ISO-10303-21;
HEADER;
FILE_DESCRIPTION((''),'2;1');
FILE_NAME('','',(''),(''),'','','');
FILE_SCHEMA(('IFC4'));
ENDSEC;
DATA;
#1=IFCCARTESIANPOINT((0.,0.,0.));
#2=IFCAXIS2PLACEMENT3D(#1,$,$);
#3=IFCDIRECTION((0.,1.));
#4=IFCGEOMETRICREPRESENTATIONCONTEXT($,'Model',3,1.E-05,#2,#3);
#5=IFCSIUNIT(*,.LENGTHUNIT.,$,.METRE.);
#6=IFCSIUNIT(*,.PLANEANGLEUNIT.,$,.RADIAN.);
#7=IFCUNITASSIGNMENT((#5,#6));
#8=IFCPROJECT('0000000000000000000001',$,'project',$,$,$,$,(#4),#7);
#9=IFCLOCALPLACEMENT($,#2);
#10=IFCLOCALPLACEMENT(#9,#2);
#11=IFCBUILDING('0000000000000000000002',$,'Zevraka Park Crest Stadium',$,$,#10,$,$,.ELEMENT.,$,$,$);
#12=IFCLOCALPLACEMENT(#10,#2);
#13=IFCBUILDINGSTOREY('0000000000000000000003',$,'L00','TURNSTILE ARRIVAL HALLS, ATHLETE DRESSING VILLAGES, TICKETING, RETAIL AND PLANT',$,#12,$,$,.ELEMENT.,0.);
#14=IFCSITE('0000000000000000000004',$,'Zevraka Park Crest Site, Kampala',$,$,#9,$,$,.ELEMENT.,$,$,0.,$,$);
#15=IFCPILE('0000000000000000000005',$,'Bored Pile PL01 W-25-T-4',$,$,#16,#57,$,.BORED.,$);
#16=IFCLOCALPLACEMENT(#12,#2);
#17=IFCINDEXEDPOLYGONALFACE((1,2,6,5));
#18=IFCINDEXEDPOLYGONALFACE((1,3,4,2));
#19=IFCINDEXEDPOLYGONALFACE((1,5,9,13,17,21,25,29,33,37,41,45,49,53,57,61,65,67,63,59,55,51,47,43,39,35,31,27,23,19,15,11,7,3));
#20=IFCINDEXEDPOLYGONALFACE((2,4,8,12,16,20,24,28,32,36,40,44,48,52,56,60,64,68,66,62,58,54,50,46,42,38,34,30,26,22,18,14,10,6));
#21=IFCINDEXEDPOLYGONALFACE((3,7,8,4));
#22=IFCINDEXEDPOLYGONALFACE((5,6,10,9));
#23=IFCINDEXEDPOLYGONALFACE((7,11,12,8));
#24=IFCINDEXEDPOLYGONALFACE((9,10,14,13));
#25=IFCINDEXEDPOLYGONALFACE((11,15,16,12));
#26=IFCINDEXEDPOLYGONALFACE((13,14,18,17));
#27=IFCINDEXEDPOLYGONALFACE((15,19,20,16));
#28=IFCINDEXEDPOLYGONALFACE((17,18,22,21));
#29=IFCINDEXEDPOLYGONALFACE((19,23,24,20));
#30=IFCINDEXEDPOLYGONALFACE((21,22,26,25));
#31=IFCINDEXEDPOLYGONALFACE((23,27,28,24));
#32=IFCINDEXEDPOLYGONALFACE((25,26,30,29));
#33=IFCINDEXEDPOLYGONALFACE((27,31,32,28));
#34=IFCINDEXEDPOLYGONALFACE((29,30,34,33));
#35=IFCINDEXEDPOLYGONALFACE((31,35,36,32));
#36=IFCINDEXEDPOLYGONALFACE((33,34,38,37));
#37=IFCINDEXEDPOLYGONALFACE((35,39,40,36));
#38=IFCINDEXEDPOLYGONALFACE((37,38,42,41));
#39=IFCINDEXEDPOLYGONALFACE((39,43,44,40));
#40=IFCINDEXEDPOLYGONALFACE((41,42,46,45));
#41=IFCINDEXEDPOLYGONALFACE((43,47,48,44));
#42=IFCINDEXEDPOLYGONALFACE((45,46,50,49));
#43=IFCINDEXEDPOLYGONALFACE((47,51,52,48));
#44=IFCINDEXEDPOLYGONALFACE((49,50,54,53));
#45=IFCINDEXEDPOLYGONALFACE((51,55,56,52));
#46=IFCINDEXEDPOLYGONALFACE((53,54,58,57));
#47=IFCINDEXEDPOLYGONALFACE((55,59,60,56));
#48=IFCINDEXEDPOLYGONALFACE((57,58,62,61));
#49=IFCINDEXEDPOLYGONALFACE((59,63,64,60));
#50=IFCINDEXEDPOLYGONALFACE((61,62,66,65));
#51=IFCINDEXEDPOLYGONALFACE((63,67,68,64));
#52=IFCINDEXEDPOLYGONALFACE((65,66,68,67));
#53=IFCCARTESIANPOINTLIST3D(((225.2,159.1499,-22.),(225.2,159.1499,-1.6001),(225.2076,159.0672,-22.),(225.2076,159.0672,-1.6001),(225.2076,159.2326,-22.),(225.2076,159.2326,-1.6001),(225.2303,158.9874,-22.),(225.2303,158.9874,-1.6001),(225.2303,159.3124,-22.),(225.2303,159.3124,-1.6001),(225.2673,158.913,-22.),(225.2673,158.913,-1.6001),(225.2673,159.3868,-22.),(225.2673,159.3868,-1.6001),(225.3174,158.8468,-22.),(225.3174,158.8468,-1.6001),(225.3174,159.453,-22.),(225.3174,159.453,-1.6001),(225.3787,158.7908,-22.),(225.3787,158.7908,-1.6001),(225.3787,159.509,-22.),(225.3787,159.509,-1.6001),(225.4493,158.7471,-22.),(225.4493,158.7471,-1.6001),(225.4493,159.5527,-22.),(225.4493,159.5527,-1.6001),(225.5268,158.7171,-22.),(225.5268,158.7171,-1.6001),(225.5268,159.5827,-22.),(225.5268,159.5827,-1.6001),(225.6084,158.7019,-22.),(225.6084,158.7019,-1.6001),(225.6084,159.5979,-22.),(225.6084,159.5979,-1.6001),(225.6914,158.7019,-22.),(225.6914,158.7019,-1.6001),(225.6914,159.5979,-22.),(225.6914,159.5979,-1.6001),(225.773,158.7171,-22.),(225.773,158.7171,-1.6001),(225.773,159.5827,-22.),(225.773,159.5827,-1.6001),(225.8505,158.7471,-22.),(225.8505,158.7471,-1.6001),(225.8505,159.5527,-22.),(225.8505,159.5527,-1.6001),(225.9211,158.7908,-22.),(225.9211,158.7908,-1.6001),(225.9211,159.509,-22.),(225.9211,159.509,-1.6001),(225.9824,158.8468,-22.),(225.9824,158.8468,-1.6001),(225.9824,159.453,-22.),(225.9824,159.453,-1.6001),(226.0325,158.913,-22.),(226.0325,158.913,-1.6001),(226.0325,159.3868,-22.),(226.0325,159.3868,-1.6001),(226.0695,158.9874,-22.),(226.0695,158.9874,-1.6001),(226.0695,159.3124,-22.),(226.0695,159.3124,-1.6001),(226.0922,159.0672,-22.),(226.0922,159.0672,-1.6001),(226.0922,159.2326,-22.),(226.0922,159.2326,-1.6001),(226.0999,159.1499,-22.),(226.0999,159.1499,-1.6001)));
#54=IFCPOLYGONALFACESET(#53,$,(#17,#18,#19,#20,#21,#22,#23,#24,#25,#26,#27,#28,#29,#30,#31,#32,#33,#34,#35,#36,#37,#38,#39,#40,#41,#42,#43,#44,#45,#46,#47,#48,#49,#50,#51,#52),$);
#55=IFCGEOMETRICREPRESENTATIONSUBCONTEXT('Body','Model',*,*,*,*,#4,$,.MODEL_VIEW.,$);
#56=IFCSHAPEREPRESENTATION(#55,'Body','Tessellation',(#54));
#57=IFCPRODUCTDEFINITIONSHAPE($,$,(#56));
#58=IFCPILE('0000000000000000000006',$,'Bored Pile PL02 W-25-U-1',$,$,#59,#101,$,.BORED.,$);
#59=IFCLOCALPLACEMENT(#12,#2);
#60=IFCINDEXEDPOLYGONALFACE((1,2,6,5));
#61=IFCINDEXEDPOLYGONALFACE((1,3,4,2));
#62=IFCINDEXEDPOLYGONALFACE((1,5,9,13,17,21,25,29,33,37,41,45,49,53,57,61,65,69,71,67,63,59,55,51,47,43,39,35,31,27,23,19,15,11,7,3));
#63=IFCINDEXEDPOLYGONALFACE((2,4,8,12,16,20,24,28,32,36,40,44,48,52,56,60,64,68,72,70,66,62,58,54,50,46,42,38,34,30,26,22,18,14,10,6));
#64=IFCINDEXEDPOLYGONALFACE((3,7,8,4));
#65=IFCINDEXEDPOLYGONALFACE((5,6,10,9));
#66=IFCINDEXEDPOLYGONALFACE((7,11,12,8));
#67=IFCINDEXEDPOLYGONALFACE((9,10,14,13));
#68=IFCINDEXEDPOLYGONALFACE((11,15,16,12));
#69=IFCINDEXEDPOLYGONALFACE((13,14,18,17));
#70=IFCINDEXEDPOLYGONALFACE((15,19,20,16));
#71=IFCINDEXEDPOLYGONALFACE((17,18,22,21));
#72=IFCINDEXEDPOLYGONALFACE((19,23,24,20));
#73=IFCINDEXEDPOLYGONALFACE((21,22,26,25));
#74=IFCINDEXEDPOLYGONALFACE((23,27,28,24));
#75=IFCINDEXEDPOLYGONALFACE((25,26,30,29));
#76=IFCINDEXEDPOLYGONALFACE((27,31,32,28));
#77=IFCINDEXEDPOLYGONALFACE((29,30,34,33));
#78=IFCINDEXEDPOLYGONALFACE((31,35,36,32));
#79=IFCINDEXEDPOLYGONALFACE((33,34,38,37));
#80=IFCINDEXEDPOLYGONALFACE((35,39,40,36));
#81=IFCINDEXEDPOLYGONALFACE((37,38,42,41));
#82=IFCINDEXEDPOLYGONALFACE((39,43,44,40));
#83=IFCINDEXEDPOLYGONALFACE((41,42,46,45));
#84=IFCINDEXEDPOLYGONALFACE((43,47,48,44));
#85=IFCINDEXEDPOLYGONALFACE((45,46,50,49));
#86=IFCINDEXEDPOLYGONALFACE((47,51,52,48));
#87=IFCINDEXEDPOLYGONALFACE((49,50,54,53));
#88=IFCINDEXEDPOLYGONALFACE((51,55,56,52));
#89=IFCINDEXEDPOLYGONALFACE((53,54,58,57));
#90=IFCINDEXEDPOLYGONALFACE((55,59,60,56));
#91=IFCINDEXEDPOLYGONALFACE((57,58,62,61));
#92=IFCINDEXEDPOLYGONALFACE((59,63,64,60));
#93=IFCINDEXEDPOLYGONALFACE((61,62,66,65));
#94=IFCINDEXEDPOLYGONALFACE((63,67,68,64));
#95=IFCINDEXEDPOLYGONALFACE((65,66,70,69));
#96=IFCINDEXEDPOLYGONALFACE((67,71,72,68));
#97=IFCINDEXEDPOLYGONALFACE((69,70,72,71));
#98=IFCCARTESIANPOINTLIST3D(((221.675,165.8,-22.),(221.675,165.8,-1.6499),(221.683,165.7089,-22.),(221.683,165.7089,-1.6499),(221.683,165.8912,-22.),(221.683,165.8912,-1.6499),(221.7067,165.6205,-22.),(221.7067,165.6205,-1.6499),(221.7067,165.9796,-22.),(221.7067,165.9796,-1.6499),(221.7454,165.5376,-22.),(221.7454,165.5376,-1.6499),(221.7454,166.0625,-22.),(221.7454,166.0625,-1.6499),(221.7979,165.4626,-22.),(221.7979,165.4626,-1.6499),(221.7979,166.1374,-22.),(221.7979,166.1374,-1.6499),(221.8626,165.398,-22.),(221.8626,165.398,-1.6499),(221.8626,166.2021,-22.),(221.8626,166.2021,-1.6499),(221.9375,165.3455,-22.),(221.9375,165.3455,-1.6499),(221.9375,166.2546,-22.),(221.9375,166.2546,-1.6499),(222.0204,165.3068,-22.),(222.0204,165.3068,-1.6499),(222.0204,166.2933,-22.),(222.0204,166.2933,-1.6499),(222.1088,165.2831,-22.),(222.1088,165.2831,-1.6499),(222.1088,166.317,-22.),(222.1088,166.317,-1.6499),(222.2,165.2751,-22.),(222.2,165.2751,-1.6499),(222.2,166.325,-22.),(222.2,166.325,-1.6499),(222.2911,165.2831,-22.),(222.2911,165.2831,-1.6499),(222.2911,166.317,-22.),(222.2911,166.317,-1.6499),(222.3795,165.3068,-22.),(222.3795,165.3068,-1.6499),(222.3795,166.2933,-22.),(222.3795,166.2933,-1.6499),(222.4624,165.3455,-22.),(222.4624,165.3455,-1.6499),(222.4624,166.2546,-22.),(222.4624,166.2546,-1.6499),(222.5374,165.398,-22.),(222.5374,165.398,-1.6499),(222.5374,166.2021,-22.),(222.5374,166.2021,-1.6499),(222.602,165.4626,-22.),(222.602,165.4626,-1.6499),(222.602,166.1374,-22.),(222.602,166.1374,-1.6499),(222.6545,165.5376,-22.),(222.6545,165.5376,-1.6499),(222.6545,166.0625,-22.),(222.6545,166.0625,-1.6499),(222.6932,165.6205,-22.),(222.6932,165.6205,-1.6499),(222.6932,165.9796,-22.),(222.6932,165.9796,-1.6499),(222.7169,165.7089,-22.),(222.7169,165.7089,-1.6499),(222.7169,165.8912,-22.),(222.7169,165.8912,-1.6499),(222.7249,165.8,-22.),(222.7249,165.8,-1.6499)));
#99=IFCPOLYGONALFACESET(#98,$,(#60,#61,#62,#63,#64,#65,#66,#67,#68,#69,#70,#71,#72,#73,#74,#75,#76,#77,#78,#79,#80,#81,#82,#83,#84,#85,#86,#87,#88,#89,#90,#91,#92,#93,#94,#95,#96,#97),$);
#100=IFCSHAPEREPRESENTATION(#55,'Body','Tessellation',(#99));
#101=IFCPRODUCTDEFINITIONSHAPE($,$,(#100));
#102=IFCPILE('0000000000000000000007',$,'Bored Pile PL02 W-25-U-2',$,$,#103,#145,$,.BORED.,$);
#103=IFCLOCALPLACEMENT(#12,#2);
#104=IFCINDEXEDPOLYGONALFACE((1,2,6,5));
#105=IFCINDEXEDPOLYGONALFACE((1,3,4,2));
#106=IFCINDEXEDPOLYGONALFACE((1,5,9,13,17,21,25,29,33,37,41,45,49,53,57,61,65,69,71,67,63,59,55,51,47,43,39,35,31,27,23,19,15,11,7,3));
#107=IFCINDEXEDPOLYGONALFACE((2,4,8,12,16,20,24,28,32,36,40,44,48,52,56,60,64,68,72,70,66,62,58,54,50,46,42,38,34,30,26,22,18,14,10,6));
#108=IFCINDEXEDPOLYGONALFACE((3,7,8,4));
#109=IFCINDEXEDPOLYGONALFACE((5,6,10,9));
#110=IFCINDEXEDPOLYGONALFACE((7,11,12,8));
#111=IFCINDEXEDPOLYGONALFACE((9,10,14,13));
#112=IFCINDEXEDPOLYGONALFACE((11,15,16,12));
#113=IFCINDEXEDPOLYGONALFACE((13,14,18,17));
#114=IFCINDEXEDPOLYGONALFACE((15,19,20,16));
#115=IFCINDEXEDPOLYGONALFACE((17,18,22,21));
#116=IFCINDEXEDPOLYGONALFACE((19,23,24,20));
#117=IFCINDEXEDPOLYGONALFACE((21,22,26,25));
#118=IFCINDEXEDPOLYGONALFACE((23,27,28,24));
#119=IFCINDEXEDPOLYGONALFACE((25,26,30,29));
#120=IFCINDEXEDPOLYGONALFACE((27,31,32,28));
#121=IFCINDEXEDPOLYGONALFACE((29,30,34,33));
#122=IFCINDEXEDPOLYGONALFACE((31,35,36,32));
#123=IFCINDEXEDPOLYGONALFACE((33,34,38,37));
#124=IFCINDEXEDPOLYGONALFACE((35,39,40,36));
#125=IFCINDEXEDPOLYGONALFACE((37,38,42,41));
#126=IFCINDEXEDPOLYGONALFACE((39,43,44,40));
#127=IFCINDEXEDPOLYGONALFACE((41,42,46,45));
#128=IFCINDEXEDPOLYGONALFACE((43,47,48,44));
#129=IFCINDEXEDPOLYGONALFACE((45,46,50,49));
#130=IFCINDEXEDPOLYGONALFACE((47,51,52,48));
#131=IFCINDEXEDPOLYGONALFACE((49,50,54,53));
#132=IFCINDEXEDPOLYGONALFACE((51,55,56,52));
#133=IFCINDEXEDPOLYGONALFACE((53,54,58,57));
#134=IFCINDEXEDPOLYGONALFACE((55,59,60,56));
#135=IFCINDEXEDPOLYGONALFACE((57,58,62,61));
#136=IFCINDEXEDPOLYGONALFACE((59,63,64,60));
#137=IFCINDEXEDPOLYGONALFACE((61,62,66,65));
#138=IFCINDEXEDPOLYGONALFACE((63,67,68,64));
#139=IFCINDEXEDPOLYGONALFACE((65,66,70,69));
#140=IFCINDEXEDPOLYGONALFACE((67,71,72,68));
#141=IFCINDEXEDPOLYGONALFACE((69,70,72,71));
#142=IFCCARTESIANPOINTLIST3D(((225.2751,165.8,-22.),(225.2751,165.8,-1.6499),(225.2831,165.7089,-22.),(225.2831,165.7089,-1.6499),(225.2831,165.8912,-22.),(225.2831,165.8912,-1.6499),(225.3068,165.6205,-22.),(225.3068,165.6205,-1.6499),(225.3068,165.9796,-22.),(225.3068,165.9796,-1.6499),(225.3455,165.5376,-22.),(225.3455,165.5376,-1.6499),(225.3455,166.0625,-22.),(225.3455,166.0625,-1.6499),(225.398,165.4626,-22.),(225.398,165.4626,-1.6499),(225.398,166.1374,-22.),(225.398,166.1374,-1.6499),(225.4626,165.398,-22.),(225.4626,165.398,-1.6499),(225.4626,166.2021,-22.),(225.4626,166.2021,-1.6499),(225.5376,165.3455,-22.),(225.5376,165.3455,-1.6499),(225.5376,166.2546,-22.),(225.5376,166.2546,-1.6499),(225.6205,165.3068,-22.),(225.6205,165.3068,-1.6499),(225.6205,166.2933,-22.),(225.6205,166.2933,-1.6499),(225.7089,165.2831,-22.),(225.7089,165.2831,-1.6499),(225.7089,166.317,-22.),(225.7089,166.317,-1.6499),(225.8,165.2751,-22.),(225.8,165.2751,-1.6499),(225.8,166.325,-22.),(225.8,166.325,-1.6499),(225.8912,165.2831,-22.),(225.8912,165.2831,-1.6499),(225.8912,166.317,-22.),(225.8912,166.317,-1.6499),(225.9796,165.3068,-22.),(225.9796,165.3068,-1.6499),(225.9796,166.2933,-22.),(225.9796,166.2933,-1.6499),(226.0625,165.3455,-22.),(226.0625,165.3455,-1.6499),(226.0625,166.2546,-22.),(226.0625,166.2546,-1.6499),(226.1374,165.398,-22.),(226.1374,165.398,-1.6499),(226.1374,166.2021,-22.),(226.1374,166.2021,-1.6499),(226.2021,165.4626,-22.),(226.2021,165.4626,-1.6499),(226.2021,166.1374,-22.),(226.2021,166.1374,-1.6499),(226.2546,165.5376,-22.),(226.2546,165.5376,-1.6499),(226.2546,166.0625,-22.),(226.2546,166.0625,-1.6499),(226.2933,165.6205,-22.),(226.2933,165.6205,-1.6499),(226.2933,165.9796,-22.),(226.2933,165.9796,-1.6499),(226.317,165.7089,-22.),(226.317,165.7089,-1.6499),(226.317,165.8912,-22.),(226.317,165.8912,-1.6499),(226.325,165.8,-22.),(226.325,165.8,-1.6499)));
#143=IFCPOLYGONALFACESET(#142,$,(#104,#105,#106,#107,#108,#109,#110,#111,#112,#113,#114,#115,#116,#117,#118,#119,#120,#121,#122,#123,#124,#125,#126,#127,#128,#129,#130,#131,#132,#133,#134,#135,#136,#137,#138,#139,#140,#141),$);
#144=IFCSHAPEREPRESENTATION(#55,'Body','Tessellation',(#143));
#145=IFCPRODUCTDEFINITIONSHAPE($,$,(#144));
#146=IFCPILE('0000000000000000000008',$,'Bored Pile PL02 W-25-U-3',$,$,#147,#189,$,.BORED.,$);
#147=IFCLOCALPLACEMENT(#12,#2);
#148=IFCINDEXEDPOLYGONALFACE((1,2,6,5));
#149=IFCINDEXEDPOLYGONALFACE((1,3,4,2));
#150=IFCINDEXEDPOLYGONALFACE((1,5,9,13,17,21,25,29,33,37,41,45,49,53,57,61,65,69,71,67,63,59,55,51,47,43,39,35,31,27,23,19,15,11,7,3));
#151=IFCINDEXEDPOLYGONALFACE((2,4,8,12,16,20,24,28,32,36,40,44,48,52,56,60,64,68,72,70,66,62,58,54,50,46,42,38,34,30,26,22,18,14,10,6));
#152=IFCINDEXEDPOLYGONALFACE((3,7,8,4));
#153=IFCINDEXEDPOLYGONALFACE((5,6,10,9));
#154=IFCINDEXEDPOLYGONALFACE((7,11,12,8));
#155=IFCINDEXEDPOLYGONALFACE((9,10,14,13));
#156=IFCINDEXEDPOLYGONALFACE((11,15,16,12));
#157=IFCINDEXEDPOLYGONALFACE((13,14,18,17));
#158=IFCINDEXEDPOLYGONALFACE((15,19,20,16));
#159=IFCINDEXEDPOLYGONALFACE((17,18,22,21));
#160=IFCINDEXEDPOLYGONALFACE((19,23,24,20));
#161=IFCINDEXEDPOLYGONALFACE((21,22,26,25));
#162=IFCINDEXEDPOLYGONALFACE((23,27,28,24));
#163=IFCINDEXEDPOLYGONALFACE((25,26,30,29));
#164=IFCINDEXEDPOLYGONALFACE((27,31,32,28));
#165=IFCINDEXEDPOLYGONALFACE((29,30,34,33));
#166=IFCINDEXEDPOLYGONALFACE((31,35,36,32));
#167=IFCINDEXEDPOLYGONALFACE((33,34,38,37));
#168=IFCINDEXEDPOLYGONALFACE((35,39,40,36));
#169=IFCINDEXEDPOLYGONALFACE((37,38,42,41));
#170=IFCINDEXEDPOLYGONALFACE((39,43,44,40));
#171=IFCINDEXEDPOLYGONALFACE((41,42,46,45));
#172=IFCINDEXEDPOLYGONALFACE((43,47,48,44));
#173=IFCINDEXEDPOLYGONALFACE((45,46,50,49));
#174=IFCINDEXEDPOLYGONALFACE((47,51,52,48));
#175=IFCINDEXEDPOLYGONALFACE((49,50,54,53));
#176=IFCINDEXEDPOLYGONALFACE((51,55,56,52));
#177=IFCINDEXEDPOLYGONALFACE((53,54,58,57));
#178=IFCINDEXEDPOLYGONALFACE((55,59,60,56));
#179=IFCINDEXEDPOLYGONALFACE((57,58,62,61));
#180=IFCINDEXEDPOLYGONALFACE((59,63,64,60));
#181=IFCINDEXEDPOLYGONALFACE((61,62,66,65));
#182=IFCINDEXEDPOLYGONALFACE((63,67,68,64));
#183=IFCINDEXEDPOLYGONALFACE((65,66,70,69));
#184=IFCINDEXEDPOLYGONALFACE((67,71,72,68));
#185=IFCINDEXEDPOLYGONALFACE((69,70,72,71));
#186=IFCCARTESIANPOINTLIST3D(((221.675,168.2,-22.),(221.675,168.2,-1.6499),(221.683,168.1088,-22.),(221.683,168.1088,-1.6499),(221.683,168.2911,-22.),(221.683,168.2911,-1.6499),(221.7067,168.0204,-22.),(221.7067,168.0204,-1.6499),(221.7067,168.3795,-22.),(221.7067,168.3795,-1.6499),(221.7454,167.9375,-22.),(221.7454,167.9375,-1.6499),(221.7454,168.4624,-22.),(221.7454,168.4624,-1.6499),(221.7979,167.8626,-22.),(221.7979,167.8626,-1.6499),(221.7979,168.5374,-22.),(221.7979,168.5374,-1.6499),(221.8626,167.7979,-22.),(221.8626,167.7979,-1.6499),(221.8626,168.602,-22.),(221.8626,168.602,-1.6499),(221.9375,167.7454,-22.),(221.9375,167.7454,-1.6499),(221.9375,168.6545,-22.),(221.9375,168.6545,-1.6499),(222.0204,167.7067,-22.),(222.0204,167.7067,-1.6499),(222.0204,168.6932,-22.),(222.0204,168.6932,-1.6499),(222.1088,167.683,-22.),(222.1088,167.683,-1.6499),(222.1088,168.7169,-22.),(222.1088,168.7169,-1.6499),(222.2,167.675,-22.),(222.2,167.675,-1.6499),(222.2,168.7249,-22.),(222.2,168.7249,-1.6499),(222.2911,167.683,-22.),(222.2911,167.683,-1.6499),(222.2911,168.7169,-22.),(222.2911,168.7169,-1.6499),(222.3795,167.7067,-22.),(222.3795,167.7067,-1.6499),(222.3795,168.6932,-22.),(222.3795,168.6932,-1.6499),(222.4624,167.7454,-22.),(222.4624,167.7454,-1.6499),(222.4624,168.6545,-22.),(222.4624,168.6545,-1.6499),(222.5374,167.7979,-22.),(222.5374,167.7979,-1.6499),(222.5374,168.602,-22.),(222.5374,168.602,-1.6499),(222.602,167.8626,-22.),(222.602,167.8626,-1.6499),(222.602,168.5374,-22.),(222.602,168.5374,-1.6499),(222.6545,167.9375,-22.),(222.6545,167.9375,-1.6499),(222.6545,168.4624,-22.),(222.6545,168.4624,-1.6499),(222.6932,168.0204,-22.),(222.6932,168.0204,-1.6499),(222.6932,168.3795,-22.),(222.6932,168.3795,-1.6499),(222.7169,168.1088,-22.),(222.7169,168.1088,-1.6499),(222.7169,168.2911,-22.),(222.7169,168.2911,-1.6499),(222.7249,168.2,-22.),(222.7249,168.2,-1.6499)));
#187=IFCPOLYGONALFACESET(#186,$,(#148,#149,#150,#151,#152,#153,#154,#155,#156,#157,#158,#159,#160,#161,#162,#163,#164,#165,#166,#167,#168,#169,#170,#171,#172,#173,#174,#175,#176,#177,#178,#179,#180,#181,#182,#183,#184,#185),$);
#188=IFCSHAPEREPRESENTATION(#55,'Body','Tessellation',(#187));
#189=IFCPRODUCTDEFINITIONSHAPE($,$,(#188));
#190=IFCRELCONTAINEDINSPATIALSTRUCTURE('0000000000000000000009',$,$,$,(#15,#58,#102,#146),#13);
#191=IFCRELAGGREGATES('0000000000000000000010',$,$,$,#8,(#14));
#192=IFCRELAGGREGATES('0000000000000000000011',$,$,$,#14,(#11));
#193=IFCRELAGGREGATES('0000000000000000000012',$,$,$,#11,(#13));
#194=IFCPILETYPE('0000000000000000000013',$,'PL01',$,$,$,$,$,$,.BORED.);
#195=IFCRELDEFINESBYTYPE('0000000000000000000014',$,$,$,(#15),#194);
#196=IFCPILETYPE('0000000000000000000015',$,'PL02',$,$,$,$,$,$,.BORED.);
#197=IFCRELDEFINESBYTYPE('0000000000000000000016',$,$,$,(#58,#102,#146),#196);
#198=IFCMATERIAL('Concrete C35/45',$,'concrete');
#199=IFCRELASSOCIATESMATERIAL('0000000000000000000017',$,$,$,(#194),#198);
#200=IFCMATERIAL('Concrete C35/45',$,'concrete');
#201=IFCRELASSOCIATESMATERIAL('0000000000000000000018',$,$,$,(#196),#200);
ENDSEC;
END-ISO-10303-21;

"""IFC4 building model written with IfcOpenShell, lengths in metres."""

from ifc_helpers import new_model, si_unit, direction, frame, origin, origin_2d, place, context, subcontext, project, spatial, circle, extrude, material, material_profile, profile_set, type_object, element, save


model = new_model("IFC4")

# Units and contexts
model_context = context("Model", 3, precision=1e-05, world=origin(), true_north=direction((0.0, 1.0)))
body_context = subcontext(model_context, "Body", "Model", "MODEL_VIEW")
ifc_project = project(units=[si_unit("LENGTHUNIT", "METRE"), si_unit("PLANEANGLEUNIT", "RADIAN")], contexts=[model_context])

# Site, building, storey
site_placement = place(None, origin())
site = spatial("IfcSite", under=ifc_project, at=site_placement, Name="Zevraka Park Crest Site, Kampala", CompositionType="ELEMENT", RefElevation=0.0)
building_placement = place(site_placement, origin())
building = spatial("IfcBuilding", under=site, at=building_placement, Name="Zevraka Park Crest Stadium", CompositionType="ELEMENT")
storey_placement = place(building_placement, origin())
storey = spatial("IfcBuildingStorey", under=building, at=storey_placement, Name="L00", Description="TURNSTILE ARRIVAL HALLS, ATHLETE DRESSING VILLAGES, TICKETING, RETAIL AND PLANT", CompositionType="ELEMENT", Elevation=0.0)

# Piles
ifc_material_1 = material(Name="Concrete C35/45", Category="concrete")
ifc_material_profile_1 = material_profile(ifc_material_1, circle(Radius=0.45, at=origin_2d()), Name="PILE D900")
ifc_profile_set_1 = profile_set([ifc_material_profile_1], Name="Concrete C35/45")
pile_type_1 = type_object("IfcPileType", Name="PL01", PredefinedType="BORED", material=ifc_profile_set_1)
for number, where, z_axis, x_axis, name in (
    (1, (225.6499, 159.1499, -1.6001), (0.0, 0.0, -1.0), (1.0, 0.0, 0.0), "Bored Pile PL01 W-25-T-4"),
):
    element("IfcPile", number, at=place(storey_placement, frame(where, z_axis=z_axis, x_axis=x_axis)), inside=storey, type_object=pile_type_1, Name=name, PredefinedType="BORED", context=body_context, shape_type="SweptSolid", body=[
        extrude(circle(Radius=0.45, at=origin_2d()), origin(), (0.0, 0.0, 1.0), 20.3999),
    ])
ifc_material_2 = material(Name="Concrete C35/45", Category="concrete")
ifc_material_profile_2 = material_profile(ifc_material_2, circle(Radius=0.5249, at=origin_2d()), Name="PILE D1050")
ifc_profile_set_2 = profile_set([ifc_material_profile_2], Name="Concrete C35/45")
pile_type_2 = type_object("IfcPileType", Name="PL02", PredefinedType="BORED", material=ifc_profile_set_2)
for number, where, z_axis, x_axis, name in (
    (2, (222.2, 165.8, -1.6499), (0.0, 0.0, -1.0), (1.0, 0.0, 0.0), "Bored Pile PL02 W-25-U-1"),
    (3, (225.8, 165.8, -1.6499), (0.0, 0.0, -1.0), (1.0, 0.0, 0.0), "Bored Pile PL02 W-25-U-2"),
    (4, (222.2, 168.2, -1.6499), (0.0, 0.0, -1.0), (1.0, 0.0, 0.0), "Bored Pile PL02 W-25-U-3"),
):
    element("IfcPile", number, at=place(storey_placement, frame(where, z_axis=z_axis, x_axis=x_axis)), inside=storey, type_object=pile_type_2, Name=name, PredefinedType="BORED", context=body_context, shape_type="SweptSolid", body=[
        extrude(circle(Radius=0.5249, at=origin_2d()), origin(), (0.0, 0.0, 1.0), 20.3501),
    ])

save(model, "model.ifc")
